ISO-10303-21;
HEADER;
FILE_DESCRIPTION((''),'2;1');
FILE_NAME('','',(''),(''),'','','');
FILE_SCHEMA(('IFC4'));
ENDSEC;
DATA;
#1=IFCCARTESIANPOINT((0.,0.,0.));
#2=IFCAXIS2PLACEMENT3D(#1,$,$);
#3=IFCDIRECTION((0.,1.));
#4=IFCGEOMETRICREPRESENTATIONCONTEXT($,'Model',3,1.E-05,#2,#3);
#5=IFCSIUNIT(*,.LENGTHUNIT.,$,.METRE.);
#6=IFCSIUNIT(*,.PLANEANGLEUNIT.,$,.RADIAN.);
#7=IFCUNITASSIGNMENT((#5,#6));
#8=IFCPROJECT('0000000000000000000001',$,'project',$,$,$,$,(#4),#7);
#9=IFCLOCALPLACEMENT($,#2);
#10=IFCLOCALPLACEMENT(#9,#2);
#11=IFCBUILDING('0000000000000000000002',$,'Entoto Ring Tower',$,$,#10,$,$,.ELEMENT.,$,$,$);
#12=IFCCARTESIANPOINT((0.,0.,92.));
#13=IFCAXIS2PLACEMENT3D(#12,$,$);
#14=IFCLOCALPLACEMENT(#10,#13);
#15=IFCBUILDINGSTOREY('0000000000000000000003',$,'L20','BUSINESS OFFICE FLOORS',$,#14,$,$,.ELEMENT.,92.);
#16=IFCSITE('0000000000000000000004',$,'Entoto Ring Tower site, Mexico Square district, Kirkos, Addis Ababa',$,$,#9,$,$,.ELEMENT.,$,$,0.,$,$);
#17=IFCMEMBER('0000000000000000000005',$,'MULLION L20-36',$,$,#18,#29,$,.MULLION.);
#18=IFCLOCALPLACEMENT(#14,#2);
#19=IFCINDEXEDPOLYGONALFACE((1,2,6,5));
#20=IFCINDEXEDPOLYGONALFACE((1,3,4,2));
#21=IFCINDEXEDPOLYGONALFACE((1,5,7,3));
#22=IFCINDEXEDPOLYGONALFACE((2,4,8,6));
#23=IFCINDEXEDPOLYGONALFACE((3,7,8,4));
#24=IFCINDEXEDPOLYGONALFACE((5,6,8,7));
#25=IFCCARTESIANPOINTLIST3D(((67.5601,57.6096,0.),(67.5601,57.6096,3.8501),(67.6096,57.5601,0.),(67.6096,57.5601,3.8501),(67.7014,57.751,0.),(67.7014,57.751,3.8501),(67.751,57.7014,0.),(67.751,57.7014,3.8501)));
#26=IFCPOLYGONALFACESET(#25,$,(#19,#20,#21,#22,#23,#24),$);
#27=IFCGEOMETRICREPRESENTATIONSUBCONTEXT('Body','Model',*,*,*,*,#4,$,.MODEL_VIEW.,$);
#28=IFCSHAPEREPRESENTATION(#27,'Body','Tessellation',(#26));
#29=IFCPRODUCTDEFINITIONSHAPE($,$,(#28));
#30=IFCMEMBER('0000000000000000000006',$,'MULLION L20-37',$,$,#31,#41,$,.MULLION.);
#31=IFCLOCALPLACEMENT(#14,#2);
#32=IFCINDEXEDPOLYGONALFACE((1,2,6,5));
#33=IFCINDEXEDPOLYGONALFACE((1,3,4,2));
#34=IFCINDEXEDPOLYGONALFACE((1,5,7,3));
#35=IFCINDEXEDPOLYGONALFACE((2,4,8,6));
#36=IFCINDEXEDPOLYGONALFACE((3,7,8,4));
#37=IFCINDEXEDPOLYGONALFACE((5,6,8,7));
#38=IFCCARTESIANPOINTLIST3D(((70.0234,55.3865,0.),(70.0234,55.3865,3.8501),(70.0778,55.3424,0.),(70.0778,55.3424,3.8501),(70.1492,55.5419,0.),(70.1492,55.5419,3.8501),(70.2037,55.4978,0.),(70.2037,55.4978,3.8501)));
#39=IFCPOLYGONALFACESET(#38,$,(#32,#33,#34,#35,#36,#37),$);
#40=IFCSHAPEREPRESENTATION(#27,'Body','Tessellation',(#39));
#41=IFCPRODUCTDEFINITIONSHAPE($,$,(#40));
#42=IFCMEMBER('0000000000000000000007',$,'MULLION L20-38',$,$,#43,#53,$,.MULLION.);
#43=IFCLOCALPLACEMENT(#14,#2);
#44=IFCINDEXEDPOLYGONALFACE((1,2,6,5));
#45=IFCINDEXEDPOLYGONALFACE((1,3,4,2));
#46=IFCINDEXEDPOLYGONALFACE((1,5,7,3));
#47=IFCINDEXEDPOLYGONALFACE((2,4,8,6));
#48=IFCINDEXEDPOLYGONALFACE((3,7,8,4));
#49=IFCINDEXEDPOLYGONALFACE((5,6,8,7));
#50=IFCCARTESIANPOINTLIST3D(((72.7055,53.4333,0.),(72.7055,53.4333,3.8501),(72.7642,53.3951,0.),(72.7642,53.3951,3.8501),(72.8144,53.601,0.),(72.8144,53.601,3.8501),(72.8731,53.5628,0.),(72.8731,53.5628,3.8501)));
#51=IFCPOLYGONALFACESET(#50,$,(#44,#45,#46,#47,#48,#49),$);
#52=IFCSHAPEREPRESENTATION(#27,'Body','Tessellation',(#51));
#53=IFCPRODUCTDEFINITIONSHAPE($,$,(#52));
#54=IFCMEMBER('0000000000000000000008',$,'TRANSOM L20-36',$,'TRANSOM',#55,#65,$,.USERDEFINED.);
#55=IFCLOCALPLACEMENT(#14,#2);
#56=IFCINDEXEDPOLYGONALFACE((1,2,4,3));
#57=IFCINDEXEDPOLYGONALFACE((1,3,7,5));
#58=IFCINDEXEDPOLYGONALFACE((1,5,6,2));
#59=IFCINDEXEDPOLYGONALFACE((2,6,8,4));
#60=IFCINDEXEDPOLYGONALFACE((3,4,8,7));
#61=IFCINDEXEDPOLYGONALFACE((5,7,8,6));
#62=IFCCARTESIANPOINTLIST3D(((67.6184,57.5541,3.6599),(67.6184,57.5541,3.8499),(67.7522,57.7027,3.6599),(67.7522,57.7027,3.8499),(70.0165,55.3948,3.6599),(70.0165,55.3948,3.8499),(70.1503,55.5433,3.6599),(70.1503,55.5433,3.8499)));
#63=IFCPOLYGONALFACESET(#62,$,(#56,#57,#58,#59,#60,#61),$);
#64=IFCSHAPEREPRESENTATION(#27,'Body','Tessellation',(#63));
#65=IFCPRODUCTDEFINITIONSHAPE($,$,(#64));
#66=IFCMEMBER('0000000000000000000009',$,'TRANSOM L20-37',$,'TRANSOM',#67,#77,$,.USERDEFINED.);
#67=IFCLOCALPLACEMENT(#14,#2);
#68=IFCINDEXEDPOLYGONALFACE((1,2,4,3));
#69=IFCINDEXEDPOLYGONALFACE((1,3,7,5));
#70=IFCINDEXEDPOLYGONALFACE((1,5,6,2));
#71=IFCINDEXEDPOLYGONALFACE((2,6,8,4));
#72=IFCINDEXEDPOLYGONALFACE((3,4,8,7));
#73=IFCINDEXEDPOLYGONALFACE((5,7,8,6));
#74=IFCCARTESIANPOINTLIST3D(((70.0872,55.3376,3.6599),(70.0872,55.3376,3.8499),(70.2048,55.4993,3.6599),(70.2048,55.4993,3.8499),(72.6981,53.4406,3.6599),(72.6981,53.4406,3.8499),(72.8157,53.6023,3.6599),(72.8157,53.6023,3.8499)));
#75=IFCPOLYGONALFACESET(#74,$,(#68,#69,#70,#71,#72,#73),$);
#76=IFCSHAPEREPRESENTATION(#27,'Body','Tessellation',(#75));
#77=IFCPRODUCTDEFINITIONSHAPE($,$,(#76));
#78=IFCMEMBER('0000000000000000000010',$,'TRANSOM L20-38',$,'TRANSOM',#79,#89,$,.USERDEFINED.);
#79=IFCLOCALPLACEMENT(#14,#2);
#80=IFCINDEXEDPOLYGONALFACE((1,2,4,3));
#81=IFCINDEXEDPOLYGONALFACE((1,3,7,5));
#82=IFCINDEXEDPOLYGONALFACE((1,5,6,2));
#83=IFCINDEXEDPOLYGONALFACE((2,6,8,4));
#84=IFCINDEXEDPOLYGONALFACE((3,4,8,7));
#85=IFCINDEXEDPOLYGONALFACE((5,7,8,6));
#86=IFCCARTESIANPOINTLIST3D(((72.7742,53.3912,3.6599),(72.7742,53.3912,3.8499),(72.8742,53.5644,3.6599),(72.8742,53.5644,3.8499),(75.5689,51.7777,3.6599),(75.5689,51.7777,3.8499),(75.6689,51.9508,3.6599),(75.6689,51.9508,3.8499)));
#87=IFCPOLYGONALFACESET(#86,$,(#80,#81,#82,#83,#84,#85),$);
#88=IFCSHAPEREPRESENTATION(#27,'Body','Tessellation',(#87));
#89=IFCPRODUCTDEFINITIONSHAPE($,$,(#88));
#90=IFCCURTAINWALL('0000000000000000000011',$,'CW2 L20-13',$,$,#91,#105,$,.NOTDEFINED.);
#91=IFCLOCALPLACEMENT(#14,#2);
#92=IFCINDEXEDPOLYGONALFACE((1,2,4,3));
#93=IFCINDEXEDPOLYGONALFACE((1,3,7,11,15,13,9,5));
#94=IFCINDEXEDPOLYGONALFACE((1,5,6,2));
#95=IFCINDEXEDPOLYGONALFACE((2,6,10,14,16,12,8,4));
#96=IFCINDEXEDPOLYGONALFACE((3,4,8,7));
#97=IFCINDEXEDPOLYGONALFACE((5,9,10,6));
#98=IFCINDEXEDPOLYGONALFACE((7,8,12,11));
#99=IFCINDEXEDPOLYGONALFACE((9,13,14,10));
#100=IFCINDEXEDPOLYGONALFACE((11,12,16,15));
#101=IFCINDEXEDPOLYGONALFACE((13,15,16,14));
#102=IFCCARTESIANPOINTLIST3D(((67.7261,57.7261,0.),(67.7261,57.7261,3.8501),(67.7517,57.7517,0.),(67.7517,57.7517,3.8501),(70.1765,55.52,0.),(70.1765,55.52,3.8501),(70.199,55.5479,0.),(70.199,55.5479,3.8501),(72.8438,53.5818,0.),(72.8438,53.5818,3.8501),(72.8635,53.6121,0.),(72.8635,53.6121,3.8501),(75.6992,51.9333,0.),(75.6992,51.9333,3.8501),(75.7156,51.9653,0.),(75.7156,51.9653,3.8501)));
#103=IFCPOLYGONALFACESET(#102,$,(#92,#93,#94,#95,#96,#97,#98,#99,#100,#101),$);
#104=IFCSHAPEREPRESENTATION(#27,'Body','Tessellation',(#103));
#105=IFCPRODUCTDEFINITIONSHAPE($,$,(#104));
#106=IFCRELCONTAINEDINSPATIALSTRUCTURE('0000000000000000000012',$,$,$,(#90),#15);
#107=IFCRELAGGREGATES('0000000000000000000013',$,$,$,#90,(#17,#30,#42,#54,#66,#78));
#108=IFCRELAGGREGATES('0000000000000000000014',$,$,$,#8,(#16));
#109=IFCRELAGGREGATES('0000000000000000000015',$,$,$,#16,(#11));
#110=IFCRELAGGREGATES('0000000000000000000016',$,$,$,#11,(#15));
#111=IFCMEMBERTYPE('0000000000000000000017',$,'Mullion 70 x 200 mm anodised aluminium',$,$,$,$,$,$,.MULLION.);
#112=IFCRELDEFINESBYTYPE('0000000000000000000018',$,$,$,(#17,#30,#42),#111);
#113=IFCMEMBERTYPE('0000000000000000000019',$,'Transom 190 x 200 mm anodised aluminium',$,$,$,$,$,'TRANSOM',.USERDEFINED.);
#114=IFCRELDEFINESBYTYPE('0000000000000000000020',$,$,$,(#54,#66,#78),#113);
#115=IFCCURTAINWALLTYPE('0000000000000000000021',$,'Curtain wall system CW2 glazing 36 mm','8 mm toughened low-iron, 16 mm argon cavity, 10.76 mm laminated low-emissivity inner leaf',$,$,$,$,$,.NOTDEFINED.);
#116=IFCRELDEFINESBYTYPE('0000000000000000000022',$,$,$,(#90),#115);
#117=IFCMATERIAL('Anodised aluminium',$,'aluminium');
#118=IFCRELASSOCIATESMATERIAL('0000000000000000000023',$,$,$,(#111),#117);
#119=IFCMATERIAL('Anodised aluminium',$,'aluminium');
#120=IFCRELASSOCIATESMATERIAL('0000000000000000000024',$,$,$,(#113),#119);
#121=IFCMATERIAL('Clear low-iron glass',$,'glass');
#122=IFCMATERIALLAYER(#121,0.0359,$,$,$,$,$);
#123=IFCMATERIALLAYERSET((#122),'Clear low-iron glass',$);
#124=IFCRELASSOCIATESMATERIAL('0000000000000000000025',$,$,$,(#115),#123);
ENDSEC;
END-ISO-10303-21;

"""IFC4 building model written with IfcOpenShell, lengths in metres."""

from ifc_helpers import new_model, si_unit, direction, frame, origin, origin_2d, place, context, subcontext, project, spatial, polyline, rectangle, outline, extrude, material, layer, layer_set, material_profile, profile_set, type_object, element, aggregate, save


model = new_model("IFC4")

# Units and contexts
model_context = context("Model", 3, precision=1e-05, world=origin(), true_north=direction((0.0, 1.0)))
body_context = subcontext(model_context, "Body", "Model", "MODEL_VIEW")
ifc_project = project(units=[si_unit("LENGTHUNIT", "METRE"), si_unit("PLANEANGLEUNIT", "RADIAN")], contexts=[model_context])

# Members
ifc_material_1 = material(Name="Anodised aluminium", Category="aluminium")
ifc_material_profile_1 = material_profile(ifc_material_1, rectangle(XDim=0.0701, YDim=0.2, at=origin_2d()), Name="Mullion 70 x 200 mm anodised aluminium")
ifc_profile_set_1 = profile_set([ifc_material_profile_1], Name="Anodised aluminium")
member_type_1 = type_object("IfcMemberType", Name="Mullion 70 x 200 mm anodised aluminium", PredefinedType="MULLION", material=ifc_profile_set_1)
site_placement = place(None, origin())
building_placement = place(site_placement, origin())
storey_placement = place(building_placement, frame((0.0, 0.0, 92.0)))
member_1_placement = place(storey_placement, frame((67.6555, 57.6555, 0.0), z_axis=(0.0, 0.0, 1.0), x_axis=(0.707107, -0.707107, 0.0)))
member_1 = element("IfcMember", 1, at=member_1_placement, type_object=member_type_1, Name="MULLION L20-36", PredefinedType="MULLION", context=body_context, shape_type="SweptSolid", body=[
    extrude(rectangle(XDim=0.0701, YDim=0.2, at=origin_2d()), origin(), (0.0, 0.0, 1.0), 3.8501),
])
member_2_placement = place(storey_placement, frame((70.1135, 55.4421, 0.0), z_axis=(0.0, 0.0, 1.0), x_axis=(0.777146, -0.62932, 0.0)))
member_2 = element("IfcMember", 2, at=member_2_placement, type_object=member_type_1, Name="MULLION L20-37", PredefinedType="MULLION", context=body_context, shape_type="SweptSolid", body=[
    extrude(rectangle(XDim=0.0701, YDim=0.2, at=origin_2d()), origin(), (0.0, 0.0, 1.0), 3.8501),
])
member_3_placement = place(storey_placement, frame((72.7893, 53.498, 0.0), z_axis=(0.0, 0.0, 1.0), x_axis=(0.838671, -0.544639, 0.0)))
member_3 = element("IfcMember", 3, at=member_3_placement, type_object=member_type_1, Name="MULLION L20-38", PredefinedType="MULLION", context=body_context, shape_type="SweptSolid", body=[
    extrude(rectangle(XDim=0.0701, YDim=0.2, at=origin_2d()), origin(), (0.0, 0.0, 1.0), 3.8501),
])
ifc_material_2 = material(Name="Anodised aluminium", Category="aluminium")
ifc_material_profile_2 = material_profile(ifc_material_2, rectangle(XDim=0.2, YDim=0.1899, at=origin_2d()), Name="Transom 190 x 200 mm anodised aluminium")
ifc_profile_set_2 = profile_set([ifc_material_profile_2], Name="Anodised aluminium")
member_type_2 = type_object("IfcMemberType", Name="Transom 190 x 200 mm anodised aluminium", ElementType="TRANSOM", PredefinedType="USERDEFINED", material=ifc_profile_set_2)
member_4_placement = place(storey_placement, frame((67.6853, 57.6284, 3.7549), z_axis=(0.743132, -0.669144, 0.0), x_axis=(0.669144, 0.743132, 0.0)))
member_4 = element("IfcMember", 4, at=member_4_placement, type_object=member_type_2, Name="TRANSOM L20-36", ObjectType="TRANSOM", PredefinedType="USERDEFINED", context=body_context, shape_type="SweptSolid", body=[
    extrude(rectangle(XDim=0.2, YDim=0.1899, at=origin_2d()), origin(), (0.0, 0.0, 1.0), 3.2271),
])
member_5_placement = place(storey_placement, frame((70.146, 55.4185, 3.7549), z_axis=(0.809004, -0.587803, 0.0), x_axis=(0.587803, 0.809004, 0.0)))
member_5 = element("IfcMember", 5, at=member_5_placement, type_object=member_type_2, Name="TRANSOM L20-37", ObjectType="TRANSOM", PredefinedType="USERDEFINED", context=body_context, shape_type="SweptSolid", body=[
    extrude(rectangle(XDim=0.2, YDim=0.1899, at=origin_2d()), origin(), (0.0, 0.0, 1.0), 3.2273),
])
member_6_placement = place(storey_placement, frame((72.8242, 53.4778, 3.7549), z_axis=(0.866023, -0.500004, 0.0), x_axis=(0.500004, 0.866023, 0.0)))
member_6 = element("IfcMember", 6, at=member_6_placement, type_object=member_type_2, Name="TRANSOM L20-38", ObjectType="TRANSOM", PredefinedType="USERDEFINED", context=body_context, shape_type="SweptSolid", body=[
    extrude(rectangle(XDim=0.2, YDim=0.1899, at=origin_2d()), origin(), (0.0, 0.0, 1.0), 3.2271),
])

# Site, building, storey
site = spatial("IfcSite", under=ifc_project, at=site_placement, Name="Entoto Ring Tower site, Mexico Square district, Kirkos, Addis Ababa", CompositionType="ELEMENT", RefElevation=0.0)
building = spatial("IfcBuilding", under=site, at=building_placement, Name="Entoto Ring Tower", CompositionType="ELEMENT")
storey = spatial("IfcBuildingStorey", under=building, at=storey_placement, Name="L20", Description="BUSINESS OFFICE FLOORS", CompositionType="ELEMENT", Elevation=92.0)

# Curtain wall
ifc_material_3 = material(Name="Clear low-iron glass", Category="glass")
ifc_layer = layer(ifc_material_3, 0.0359)
ifc_layer_set = layer_set([ifc_layer], Name="Clear low-iron glass")
curtain_wall_type = type_object("IfcCurtainWallType", Name="Curtain wall system CW2 glazing 36 mm", Description="8 mm toughened low-iron, 16 mm argon cavity, 10.76 mm laminated low-emissivity inner leaf", PredefinedType="NOTDEFINED", material=ifc_layer_set)
curtain_wall_1_placement = place(storey_placement, origin())
curtain_wall_1 = element("IfcCurtainWall", 7, at=curtain_wall_1_placement, inside=storey, type_object=curtain_wall_type, Name="CW2 L20-13", PredefinedType="NOTDEFINED", context=body_context, shape_type="SweptSolid", body=[
    extrude(outline(polyline([(67.7261, 57.7261), (70.1765, 55.52), (72.8438, 53.5818), (75.6992, 51.9333), (75.7156, 51.9653), (72.8635, 53.6121), (70.199, 55.5479), (67.7517, 57.7517), (67.7261, 57.7261)])), origin(), (0.0, 0.0, 1.0), 3.8501),
])
aggregate(curtain_wall_1, [member_1, member_2, member_3, member_4, member_5, member_6])

save(model, "model.ifc")
